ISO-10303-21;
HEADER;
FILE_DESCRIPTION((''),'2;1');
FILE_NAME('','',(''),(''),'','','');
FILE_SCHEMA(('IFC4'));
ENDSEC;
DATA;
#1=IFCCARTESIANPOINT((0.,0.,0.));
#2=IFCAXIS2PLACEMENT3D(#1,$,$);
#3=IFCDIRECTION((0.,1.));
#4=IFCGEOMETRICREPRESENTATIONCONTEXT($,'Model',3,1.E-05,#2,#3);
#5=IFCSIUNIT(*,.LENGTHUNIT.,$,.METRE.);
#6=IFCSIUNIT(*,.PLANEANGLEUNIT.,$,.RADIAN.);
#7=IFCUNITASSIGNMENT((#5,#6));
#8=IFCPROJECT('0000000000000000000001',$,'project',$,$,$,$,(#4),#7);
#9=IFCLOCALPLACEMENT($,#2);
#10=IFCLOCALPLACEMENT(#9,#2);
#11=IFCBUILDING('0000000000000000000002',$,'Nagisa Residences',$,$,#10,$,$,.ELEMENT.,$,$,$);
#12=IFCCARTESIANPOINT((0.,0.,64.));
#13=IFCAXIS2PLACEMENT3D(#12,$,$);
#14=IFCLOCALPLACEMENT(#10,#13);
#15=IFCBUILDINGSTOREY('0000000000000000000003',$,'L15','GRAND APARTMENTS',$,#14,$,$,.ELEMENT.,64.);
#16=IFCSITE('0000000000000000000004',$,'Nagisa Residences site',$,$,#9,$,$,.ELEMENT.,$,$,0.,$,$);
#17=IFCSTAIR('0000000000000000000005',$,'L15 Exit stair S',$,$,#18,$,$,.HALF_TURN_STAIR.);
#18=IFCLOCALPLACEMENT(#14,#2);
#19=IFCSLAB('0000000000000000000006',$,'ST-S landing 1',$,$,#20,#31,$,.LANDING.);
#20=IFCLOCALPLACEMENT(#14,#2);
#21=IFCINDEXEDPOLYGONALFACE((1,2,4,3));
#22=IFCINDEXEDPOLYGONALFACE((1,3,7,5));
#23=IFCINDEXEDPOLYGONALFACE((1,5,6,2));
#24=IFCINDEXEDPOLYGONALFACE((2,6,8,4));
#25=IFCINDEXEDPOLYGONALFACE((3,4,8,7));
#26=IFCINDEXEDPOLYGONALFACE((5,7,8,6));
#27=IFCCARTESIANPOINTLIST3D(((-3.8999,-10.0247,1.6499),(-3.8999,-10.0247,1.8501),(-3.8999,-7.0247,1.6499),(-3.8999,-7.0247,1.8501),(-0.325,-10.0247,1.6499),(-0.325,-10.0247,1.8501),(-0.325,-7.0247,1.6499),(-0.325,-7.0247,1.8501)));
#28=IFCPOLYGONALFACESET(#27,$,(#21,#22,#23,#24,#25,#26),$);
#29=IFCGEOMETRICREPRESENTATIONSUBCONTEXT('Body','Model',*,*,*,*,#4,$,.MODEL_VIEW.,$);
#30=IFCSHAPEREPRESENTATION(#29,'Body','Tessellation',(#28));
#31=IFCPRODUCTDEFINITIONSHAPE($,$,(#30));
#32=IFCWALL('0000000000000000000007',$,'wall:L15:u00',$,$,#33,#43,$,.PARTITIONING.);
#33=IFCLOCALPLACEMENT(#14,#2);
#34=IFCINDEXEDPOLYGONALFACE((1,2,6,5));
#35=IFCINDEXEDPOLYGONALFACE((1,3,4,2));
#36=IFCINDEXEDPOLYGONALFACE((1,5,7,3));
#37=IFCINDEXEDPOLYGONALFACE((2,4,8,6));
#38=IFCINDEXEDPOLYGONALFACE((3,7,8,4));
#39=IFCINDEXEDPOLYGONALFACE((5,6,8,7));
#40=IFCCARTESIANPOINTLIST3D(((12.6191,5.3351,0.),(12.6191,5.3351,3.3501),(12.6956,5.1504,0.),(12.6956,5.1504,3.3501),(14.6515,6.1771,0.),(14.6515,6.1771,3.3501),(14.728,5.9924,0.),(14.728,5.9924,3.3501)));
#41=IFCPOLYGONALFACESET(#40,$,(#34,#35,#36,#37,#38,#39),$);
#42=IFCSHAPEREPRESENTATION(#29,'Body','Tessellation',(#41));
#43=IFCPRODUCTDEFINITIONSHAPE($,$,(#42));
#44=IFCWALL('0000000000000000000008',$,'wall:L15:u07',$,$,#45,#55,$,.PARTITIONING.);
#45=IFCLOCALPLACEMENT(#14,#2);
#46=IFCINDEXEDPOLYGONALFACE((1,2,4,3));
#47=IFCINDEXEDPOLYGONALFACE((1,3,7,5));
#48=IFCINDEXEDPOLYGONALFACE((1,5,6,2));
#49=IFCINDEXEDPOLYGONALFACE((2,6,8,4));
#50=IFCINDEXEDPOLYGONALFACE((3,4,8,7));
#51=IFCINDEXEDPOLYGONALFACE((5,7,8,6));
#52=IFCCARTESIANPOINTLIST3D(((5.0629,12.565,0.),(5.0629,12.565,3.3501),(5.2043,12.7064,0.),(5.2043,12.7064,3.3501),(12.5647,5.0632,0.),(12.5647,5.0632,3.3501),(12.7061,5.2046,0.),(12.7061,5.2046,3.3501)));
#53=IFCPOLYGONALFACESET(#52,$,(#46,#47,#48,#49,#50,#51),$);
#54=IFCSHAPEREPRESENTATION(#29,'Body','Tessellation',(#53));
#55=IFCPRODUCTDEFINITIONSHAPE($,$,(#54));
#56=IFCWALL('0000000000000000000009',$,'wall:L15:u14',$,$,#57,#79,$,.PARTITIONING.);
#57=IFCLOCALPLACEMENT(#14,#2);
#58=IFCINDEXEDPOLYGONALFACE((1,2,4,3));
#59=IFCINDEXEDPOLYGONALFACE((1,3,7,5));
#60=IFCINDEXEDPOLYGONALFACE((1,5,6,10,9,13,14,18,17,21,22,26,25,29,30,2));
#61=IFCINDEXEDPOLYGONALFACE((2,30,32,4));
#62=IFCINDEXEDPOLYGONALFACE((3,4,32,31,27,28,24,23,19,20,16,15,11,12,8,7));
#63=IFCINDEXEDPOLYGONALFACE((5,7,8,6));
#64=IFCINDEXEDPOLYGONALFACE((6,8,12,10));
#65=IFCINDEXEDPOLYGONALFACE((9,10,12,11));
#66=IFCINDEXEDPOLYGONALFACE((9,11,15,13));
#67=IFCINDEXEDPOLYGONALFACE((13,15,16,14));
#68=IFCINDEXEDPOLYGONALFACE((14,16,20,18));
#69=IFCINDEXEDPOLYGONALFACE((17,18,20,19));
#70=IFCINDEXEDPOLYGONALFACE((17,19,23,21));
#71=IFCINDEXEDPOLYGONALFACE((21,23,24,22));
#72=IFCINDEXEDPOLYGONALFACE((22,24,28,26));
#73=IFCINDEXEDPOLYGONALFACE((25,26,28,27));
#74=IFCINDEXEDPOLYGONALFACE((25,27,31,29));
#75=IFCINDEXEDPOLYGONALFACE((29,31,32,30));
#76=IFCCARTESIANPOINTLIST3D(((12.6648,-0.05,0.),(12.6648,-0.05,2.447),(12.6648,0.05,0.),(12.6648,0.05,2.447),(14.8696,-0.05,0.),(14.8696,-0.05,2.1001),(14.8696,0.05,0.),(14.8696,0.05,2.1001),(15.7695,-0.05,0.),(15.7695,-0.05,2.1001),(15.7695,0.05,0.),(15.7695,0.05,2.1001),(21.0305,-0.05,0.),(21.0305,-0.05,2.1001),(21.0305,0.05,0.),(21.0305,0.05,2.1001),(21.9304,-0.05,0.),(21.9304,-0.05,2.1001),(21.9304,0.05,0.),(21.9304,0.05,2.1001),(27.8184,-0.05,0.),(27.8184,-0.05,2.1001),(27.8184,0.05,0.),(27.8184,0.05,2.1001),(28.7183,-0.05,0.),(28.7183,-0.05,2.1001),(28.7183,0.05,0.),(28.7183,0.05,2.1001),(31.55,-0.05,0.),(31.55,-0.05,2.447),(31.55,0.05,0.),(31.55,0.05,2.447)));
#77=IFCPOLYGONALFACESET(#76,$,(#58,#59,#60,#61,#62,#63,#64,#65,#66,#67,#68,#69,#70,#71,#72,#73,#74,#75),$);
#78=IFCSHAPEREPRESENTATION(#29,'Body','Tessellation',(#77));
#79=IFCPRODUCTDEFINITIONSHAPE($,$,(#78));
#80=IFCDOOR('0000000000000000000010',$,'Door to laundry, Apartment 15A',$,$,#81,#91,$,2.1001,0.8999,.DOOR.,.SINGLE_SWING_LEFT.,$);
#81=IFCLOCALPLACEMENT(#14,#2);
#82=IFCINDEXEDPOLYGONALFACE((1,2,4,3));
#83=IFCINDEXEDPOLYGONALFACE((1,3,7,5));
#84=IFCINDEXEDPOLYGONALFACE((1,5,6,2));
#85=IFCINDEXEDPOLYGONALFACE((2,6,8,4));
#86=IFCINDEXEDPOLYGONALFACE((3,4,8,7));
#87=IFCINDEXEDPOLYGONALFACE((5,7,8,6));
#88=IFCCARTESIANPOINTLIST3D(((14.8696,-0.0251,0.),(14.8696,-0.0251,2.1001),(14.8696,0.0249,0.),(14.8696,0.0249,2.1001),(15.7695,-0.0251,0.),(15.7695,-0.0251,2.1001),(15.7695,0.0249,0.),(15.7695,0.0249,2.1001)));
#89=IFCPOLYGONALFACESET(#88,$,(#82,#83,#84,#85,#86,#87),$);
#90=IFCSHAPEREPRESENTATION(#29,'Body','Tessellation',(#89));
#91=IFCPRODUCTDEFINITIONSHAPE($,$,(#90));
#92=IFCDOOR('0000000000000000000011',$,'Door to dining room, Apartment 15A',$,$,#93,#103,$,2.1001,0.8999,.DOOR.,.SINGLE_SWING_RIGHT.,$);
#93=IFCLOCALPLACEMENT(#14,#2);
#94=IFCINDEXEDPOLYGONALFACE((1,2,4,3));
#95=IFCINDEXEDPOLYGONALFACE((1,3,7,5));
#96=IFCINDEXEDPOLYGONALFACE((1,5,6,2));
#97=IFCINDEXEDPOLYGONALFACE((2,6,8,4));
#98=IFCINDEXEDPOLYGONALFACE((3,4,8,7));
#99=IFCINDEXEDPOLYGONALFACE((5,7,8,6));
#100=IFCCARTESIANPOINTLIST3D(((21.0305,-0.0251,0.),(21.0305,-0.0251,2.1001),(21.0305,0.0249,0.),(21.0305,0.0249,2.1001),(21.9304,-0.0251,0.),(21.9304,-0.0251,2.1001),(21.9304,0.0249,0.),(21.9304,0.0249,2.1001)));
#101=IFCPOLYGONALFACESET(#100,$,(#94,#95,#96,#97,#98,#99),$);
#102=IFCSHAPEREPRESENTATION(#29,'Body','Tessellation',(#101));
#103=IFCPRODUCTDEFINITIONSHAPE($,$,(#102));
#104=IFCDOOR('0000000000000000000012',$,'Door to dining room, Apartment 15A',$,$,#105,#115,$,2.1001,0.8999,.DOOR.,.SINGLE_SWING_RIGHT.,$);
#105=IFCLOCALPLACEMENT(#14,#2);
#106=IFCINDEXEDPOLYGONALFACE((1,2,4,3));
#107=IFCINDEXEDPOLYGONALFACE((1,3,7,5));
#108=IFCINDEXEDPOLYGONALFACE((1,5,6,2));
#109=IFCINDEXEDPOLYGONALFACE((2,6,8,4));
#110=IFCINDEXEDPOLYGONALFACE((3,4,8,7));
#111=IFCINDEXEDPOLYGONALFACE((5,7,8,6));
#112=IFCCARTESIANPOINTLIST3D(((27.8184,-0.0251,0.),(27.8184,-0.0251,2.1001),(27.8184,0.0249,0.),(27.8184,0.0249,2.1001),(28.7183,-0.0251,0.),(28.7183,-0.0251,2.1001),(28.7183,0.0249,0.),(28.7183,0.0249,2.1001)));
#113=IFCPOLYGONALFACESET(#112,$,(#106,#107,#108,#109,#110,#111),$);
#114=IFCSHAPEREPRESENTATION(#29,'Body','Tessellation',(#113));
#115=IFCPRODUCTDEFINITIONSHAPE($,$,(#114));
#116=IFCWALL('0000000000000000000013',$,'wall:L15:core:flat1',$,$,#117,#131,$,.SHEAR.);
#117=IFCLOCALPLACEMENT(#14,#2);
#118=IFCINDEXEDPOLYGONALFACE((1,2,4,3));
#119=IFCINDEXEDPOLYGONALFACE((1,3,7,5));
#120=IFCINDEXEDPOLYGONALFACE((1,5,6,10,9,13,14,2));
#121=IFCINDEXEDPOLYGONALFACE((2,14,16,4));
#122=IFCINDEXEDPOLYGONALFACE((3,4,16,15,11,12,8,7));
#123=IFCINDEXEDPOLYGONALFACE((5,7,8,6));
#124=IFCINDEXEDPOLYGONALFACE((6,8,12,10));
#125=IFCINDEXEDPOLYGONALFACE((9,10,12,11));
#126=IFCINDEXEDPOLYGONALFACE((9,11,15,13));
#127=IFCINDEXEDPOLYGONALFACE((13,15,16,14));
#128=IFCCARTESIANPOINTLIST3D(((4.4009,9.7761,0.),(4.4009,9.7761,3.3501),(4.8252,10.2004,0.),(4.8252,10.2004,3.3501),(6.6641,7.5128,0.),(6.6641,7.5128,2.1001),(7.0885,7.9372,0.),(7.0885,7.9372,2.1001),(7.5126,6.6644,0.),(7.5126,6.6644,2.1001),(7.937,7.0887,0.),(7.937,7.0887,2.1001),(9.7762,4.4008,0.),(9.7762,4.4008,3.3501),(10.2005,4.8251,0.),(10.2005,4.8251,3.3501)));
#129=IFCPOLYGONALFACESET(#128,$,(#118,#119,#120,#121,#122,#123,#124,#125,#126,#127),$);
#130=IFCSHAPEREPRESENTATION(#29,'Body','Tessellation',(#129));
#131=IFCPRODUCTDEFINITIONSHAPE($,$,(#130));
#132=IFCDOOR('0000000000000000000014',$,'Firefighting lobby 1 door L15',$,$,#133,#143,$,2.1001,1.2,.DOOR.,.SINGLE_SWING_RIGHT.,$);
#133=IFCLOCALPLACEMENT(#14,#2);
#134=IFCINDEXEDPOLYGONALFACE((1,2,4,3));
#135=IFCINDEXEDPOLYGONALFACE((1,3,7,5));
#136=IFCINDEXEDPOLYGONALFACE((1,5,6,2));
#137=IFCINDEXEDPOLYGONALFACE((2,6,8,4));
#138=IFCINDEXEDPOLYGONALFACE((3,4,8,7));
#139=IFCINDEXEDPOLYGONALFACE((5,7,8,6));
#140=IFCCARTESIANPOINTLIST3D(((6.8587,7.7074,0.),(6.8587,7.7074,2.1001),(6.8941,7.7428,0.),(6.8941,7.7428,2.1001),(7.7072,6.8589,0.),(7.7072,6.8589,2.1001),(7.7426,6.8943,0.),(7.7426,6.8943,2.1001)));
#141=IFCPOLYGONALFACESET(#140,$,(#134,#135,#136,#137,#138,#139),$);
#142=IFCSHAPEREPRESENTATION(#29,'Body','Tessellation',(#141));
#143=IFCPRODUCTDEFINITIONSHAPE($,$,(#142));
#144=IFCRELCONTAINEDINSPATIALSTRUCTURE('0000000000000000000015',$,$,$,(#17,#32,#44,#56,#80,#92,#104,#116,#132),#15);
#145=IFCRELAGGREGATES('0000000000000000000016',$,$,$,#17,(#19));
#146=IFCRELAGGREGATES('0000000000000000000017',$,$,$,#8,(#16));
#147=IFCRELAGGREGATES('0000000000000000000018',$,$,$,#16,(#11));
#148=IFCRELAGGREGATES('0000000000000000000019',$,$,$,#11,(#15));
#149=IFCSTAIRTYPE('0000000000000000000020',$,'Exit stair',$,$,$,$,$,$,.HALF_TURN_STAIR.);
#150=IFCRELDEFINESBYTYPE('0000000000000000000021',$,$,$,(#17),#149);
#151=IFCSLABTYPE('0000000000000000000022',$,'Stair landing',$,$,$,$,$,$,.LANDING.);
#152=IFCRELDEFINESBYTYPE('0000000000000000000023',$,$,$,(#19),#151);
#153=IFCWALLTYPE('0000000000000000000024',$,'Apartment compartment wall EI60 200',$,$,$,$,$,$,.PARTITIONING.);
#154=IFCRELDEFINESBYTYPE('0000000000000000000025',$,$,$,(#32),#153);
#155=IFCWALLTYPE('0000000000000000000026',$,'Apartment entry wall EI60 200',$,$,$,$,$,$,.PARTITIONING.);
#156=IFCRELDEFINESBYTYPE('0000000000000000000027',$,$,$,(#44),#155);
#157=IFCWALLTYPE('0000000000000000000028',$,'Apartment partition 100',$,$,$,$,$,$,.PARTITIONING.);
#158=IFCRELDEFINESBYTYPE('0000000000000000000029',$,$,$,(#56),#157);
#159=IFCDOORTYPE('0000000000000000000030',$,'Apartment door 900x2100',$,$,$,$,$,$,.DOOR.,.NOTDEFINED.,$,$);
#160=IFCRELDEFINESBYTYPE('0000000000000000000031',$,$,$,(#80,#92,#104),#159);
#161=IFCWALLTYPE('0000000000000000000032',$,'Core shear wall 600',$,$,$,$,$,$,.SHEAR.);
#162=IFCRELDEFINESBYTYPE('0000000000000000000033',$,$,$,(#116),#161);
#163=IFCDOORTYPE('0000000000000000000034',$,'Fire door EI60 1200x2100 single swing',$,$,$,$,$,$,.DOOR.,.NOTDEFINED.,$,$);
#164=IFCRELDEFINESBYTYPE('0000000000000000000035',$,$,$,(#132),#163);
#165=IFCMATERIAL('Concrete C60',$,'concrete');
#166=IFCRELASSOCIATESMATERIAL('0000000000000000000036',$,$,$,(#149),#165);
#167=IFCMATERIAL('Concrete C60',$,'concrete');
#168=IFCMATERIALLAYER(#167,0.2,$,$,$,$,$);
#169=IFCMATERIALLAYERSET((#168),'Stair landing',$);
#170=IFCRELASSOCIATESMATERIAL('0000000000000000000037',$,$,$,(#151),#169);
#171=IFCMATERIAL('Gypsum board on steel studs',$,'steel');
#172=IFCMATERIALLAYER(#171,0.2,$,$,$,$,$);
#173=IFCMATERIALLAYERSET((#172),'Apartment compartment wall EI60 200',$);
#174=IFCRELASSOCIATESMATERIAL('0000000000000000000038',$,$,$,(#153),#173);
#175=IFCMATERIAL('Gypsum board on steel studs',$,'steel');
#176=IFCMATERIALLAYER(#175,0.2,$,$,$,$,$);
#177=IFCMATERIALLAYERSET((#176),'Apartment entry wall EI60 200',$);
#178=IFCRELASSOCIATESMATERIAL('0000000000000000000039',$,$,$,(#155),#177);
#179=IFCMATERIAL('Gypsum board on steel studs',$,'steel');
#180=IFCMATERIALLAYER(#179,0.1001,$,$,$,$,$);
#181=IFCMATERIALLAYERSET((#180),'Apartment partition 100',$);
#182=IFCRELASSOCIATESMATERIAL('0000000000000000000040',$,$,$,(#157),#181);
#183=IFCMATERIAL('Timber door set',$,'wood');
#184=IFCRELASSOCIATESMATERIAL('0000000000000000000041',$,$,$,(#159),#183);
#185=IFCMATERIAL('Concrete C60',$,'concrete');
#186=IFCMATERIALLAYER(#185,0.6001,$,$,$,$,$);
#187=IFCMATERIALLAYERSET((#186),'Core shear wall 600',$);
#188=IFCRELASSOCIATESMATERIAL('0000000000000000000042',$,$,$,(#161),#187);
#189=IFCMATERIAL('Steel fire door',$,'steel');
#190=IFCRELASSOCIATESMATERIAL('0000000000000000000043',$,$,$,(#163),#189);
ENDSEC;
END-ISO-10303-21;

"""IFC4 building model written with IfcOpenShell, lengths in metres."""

from ifc_helpers import new_model, si_unit, direction, frame, frame_2d, origin, place, context, subcontext, project, spatial, polyline, rectangle, outline, extrude, material, layer, layer_set, type_object, element, fill, aggregate, save


model = new_model("IFC4")

# Units and contexts
model_context = context("Model", 3, precision=1e-05, world=origin(), true_north=direction((0.0, 1.0)))
body_context = subcontext(model_context, "Body", "Model", "MODEL_VIEW")
ifc_project = project(units=[si_unit("LENGTHUNIT", "METRE"), si_unit("PLANEANGLEUNIT", "RADIAN")], contexts=[model_context])

# Site, building, storey
site_placement = place(None, origin())
site = spatial("IfcSite", under=ifc_project, at=site_placement, Name="Nagisa Residences site", CompositionType="ELEMENT", RefElevation=0.0)
building_placement = place(site_placement, origin())
building = spatial("IfcBuilding", under=site, at=building_placement, Name="Nagisa Residences", CompositionType="ELEMENT")
storey_placement = place(building_placement, frame((0.0, 0.0, 64.0)))
storey = spatial("IfcBuildingStorey", under=building, at=storey_placement, Name="L15", Description="GRAND APARTMENTS", CompositionType="ELEMENT", Elevation=64.0)

# Stair, slab
ifc_material_1 = material(Name="Concrete C60", Category="concrete")
stair_type = type_object("IfcStairType", Name="Exit stair", PredefinedType="HALF_TURN_STAIR", material=ifc_material_1)
stair_1_placement = place(storey_placement, origin())
stair_1 = element("IfcStair", 1, at=stair_1_placement, inside=storey, type_object=stair_type, Name="L15 Exit stair S", PredefinedType="HALF_TURN_STAIR")
ifc_material_2 = material(Name="Concrete C60", Category="concrete")
ifc_layer_1 = layer(ifc_material_2, 0.2)
ifc_layer_set_1 = layer_set([ifc_layer_1], Name="Stair landing")
slab_type = type_object("IfcSlabType", Name="Stair landing", PredefinedType="LANDING", material=ifc_layer_set_1)
slab_placement = place(storey_placement, frame((0.0, 0.0, 1.6499)))
slab = element("IfcSlab", 2, at=slab_placement, type_object=slab_type, Name="ST-S landing 1", PredefinedType="LANDING", context=body_context, shape_type="SweptSolid", body=[
    extrude(outline(polyline([(-0.325, -7.0247), (-3.8999, -7.0247), (-3.8999, -10.0247), (-0.325, -10.0247), (-0.325, -7.0247)])), origin(), (0.0, 0.0, 1.0), 0.2002),
])
aggregate(stair_1, [slab])

# Walls
ifc_material_3 = material(Name="Gypsum board on steel studs", Category="steel")
ifc_layer_2 = layer(ifc_material_3, 0.2)
ifc_layer_set_2 = layer_set([ifc_layer_2], Name="Apartment compartment wall EI60 200")
wall_type_1 = type_object("IfcWallType", Name="Apartment compartment wall EI60 200", PredefinedType="PARTITIONING", material=ifc_layer_set_2)
wall_1_placement = place(storey_placement, frame((12.6572, 5.2427, 0.0), z_axis=(0.0, 0.0, 1.0), x_axis=(0.923853, 0.382747, 0.0)))
element("IfcWall", 3, at=wall_1_placement, inside=storey, type_object=wall_type_1, Name="wall:L15:u00", PredefinedType="PARTITIONING", context=body_context, shape_type="SweptSolid", body=[
    extrude(rectangle(XDim=2.2, YDim=0.2, at=frame_2d((1.1001, 0.0))), origin(), (0.0, 0.0, 1.0), 3.3501),
])
ifc_material_4 = material(Name="Gypsum board on steel studs", Category="steel")
ifc_layer_3 = layer(ifc_material_4, 0.2)
ifc_layer_set_3 = layer_set([ifc_layer_3], Name="Apartment entry wall EI60 200")
wall_type_2 = type_object("IfcWallType", Name="Apartment entry wall EI60 200", PredefinedType="PARTITIONING", material=ifc_layer_set_3)
wall_2_placement = place(storey_placement, frame((12.6355, 5.1338, 0.0), z_axis=(0.0, 0.0, 1.0), x_axis=(-0.707107, 0.707107, 0.0)))
element("IfcWall", 4, at=wall_2_placement, inside=storey, type_object=wall_type_2, Name="wall:L15:u07", PredefinedType="PARTITIONING", context=body_context, shape_type="SweptSolid", body=[
    extrude(rectangle(XDim=10.6091, YDim=0.2, at=frame_2d((5.3047, 0.0))), origin(), (0.0, 0.0, 1.0), 3.3501),
])

# Wall, openings, doors
ifc_material_5 = material(Name="Gypsum board on steel studs", Category="steel")
ifc_layer_4 = layer(ifc_material_5, 0.1001)
ifc_layer_set_4 = layer_set([ifc_layer_4], Name="Apartment partition 100")
wall_type_3 = type_object("IfcWallType", Name="Apartment partition 100", PredefinedType="PARTITIONING", material=ifc_layer_set_4)
wall_3_placement = place(storey_placement, frame((12.6648, 0.0, 0.0), z_axis=(0.0, 0.0, 1.0), x_axis=(1.0, 0.0, 0.0)))
wall_3 = element("IfcWall", 5, at=wall_3_placement, inside=storey, type_object=wall_type_3, Name="wall:L15:u14", PredefinedType="PARTITIONING", context=body_context, shape_type="SweptSolid", body=[
    extrude(rectangle(XDim=18.8853, YDim=0.1001, at=frame_2d((9.4426, 0.0))), origin(), (0.0, 0.0, 1.0), 2.447),
])
opening_1_placement = place(wall_3_placement, frame((2.2048, 0.0, 0.0)))
opening_1 = element("IfcOpeningElement", 6, at=opening_1_placement, cuts=wall_3, PredefinedType="OPENING", context=body_context, shape_type="SweptSolid", body=[
    extrude(rectangle(XDim=0.8999, YDim=2.1001, at=frame_2d((0.45, 1.05))), frame((0.0, 0.0601, 0.0), z_axis=(0.0, -1.0, 0.0), x_axis=(1.0, 0.0, 0.0)), (0.0, 0.0, 1.0), 0.1201),
])
opening_2_placement = place(wall_3_placement, frame((8.3657, 0.0, 0.0)))
opening_2 = element("IfcOpeningElement", 7, at=opening_2_placement, cuts=wall_3, PredefinedType="OPENING", context=body_context, shape_type="SweptSolid", body=[
    extrude(rectangle(XDim=0.8999, YDim=2.1001, at=frame_2d((0.45, 1.05))), frame((0.0, 0.0601, 0.0), z_axis=(0.0, -1.0, 0.0), x_axis=(1.0, 0.0, 0.0)), (0.0, 0.0, 1.0), 0.1201),
])
opening_3_placement = place(wall_3_placement, frame((15.1536, 0.0, 0.0)))
opening_3 = element("IfcOpeningElement", 8, at=opening_3_placement, cuts=wall_3, PredefinedType="OPENING", context=body_context, shape_type="SweptSolid", body=[
    extrude(rectangle(XDim=0.8999, YDim=2.1001, at=frame_2d((0.45, 1.05))), frame((0.0, 0.0601, 0.0), z_axis=(0.0, -1.0, 0.0), x_axis=(1.0, 0.0, 0.0)), (0.0, 0.0, 1.0), 0.1201),
])
ifc_material_6 = material(Name="Timber door set", Category="wood")
door_type_1 = type_object("IfcDoorType", Name="Apartment door 900x2100", OperationType="NOTDEFINED", PredefinedType="DOOR", material=ifc_material_6)
door_1_placement = place(opening_1_placement, origin())
door_1 = element("IfcDoor", 9, at=door_1_placement, inside=storey, type_object=door_type_1, Name="Door to laundry, Apartment 15A", OperationType="SINGLE_SWING_LEFT", OverallHeight=2.1001, OverallWidth=0.8999, PredefinedType="DOOR", context=body_context, shape_type="SweptSolid", body=[
    extrude(rectangle(XDim=0.8999, YDim=2.1001, at=frame_2d((0.45, 1.05))), frame((0.0, 0.0249, 0.0), z_axis=(0.0, -1.0, 0.0), x_axis=(1.0, 0.0, 0.0)), (0.0, 0.0, 1.0), 0.05),
])
fill(opening_1, door_1)
door_2_placement = place(opening_2_placement, origin())
door_2 = element("IfcDoor", 10, at=door_2_placement, inside=storey, type_object=door_type_1, Name="Door to dining room, Apartment 15A", OperationType="SINGLE_SWING_RIGHT", OverallHeight=2.1001, OverallWidth=0.8999, PredefinedType="DOOR", context=body_context, shape_type="SweptSolid", body=[
    extrude(rectangle(XDim=0.8999, YDim=2.1001, at=frame_2d((0.45, 1.05))), frame((0.0, 0.0249, 0.0), z_axis=(0.0, -1.0, 0.0), x_axis=(1.0, 0.0, 0.0)), (0.0, 0.0, 1.0), 0.05),
])
fill(opening_2, door_2)
door_3_placement = place(opening_3_placement, origin())
door_3 = element("IfcDoor", 11, at=door_3_placement, inside=storey, type_object=door_type_1, Name="Door to dining room, Apartment 15A", OperationType="SINGLE_SWING_RIGHT", OverallHeight=2.1001, OverallWidth=0.8999, PredefinedType="DOOR", context=body_context, shape_type="SweptSolid", body=[
    extrude(rectangle(XDim=0.8999, YDim=2.1001, at=frame_2d((0.45, 1.05))), frame((0.0, 0.0249, 0.0), z_axis=(0.0, -1.0, 0.0), x_axis=(1.0, 0.0, 0.0)), (0.0, 0.0, 1.0), 0.05),
])
fill(opening_3, door_3)

# Wall, opening, door
ifc_material_7 = material(Name="Concrete C60", Category="concrete")
ifc_layer_5 = layer(ifc_material_7, 0.6001)
ifc_layer_set_5 = layer_set([ifc_layer_5], Name="Core shear wall 600")
wall_type_4 = type_object("IfcWallType", Name="Core shear wall 600", PredefinedType="SHEAR", material=ifc_layer_set_5)
wall_4_placement = place(storey_placement, frame((9.9883, 4.613, 0.0), z_axis=(0.0, 0.0, 1.0), x_axis=(-0.707107, 0.707107, 0.0)))
wall_4 = element("IfcWall", 12, at=wall_4_placement, inside=storey, type_object=wall_type_4, Name="wall:L15:core:flat1", PredefinedType="SHEAR", context=body_context, shape_type="SweptSolid", body=[
    extrude(rectangle(XDim=7.6018, YDim=0.6001, at=frame_2d((3.8008, 0.0))), origin(), (0.0, 0.0, 1.0), 3.3501),
])
opening_4_placement = place(wall_4_placement, frame((3.2009, 0.0, 0.0)))
opening_4 = element("IfcOpeningElement", 13, at=opening_4_placement, cuts=wall_4, PredefinedType="OPENING", context=body_context, shape_type="SweptSolid", body=[
    extrude(rectangle(XDim=1.2, YDim=2.1001, at=frame_2d((0.6001, 1.05))), frame((0.0, 0.3101, 0.0), z_axis=(0.0, -1.0, 0.0), x_axis=(1.0, 0.0, 0.0)), (0.0, 0.0, 1.0), 0.6201),
])
ifc_material_8 = material(Name="Steel fire door", Category="steel")
door_type_2 = type_object("IfcDoorType", Name="Fire door EI60 1200x2100 single swing", OperationType="NOTDEFINED", PredefinedType="DOOR", material=ifc_material_8)
door_4_placement = place(opening_4_placement, origin())
door_4 = element("IfcDoor", 14, at=door_4_placement, inside=storey, type_object=door_type_2, Name="Firefighting lobby 1 door L15", OperationType="SINGLE_SWING_RIGHT", OverallHeight=2.1001, OverallWidth=1.2, PredefinedType="DOOR", context=body_context, shape_type="SweptSolid", body=[
    extrude(rectangle(XDim=1.2, YDim=2.1001, at=frame_2d((0.6001, 1.05))), frame((0.0, 0.0249, 0.0), z_axis=(0.0, -1.0, 0.0), x_axis=(1.0, 0.0, 0.0)), (0.0, 0.0, 1.0), 0.05),
])
fill(opening_4, door_4)

save(model, "model.ifc")
